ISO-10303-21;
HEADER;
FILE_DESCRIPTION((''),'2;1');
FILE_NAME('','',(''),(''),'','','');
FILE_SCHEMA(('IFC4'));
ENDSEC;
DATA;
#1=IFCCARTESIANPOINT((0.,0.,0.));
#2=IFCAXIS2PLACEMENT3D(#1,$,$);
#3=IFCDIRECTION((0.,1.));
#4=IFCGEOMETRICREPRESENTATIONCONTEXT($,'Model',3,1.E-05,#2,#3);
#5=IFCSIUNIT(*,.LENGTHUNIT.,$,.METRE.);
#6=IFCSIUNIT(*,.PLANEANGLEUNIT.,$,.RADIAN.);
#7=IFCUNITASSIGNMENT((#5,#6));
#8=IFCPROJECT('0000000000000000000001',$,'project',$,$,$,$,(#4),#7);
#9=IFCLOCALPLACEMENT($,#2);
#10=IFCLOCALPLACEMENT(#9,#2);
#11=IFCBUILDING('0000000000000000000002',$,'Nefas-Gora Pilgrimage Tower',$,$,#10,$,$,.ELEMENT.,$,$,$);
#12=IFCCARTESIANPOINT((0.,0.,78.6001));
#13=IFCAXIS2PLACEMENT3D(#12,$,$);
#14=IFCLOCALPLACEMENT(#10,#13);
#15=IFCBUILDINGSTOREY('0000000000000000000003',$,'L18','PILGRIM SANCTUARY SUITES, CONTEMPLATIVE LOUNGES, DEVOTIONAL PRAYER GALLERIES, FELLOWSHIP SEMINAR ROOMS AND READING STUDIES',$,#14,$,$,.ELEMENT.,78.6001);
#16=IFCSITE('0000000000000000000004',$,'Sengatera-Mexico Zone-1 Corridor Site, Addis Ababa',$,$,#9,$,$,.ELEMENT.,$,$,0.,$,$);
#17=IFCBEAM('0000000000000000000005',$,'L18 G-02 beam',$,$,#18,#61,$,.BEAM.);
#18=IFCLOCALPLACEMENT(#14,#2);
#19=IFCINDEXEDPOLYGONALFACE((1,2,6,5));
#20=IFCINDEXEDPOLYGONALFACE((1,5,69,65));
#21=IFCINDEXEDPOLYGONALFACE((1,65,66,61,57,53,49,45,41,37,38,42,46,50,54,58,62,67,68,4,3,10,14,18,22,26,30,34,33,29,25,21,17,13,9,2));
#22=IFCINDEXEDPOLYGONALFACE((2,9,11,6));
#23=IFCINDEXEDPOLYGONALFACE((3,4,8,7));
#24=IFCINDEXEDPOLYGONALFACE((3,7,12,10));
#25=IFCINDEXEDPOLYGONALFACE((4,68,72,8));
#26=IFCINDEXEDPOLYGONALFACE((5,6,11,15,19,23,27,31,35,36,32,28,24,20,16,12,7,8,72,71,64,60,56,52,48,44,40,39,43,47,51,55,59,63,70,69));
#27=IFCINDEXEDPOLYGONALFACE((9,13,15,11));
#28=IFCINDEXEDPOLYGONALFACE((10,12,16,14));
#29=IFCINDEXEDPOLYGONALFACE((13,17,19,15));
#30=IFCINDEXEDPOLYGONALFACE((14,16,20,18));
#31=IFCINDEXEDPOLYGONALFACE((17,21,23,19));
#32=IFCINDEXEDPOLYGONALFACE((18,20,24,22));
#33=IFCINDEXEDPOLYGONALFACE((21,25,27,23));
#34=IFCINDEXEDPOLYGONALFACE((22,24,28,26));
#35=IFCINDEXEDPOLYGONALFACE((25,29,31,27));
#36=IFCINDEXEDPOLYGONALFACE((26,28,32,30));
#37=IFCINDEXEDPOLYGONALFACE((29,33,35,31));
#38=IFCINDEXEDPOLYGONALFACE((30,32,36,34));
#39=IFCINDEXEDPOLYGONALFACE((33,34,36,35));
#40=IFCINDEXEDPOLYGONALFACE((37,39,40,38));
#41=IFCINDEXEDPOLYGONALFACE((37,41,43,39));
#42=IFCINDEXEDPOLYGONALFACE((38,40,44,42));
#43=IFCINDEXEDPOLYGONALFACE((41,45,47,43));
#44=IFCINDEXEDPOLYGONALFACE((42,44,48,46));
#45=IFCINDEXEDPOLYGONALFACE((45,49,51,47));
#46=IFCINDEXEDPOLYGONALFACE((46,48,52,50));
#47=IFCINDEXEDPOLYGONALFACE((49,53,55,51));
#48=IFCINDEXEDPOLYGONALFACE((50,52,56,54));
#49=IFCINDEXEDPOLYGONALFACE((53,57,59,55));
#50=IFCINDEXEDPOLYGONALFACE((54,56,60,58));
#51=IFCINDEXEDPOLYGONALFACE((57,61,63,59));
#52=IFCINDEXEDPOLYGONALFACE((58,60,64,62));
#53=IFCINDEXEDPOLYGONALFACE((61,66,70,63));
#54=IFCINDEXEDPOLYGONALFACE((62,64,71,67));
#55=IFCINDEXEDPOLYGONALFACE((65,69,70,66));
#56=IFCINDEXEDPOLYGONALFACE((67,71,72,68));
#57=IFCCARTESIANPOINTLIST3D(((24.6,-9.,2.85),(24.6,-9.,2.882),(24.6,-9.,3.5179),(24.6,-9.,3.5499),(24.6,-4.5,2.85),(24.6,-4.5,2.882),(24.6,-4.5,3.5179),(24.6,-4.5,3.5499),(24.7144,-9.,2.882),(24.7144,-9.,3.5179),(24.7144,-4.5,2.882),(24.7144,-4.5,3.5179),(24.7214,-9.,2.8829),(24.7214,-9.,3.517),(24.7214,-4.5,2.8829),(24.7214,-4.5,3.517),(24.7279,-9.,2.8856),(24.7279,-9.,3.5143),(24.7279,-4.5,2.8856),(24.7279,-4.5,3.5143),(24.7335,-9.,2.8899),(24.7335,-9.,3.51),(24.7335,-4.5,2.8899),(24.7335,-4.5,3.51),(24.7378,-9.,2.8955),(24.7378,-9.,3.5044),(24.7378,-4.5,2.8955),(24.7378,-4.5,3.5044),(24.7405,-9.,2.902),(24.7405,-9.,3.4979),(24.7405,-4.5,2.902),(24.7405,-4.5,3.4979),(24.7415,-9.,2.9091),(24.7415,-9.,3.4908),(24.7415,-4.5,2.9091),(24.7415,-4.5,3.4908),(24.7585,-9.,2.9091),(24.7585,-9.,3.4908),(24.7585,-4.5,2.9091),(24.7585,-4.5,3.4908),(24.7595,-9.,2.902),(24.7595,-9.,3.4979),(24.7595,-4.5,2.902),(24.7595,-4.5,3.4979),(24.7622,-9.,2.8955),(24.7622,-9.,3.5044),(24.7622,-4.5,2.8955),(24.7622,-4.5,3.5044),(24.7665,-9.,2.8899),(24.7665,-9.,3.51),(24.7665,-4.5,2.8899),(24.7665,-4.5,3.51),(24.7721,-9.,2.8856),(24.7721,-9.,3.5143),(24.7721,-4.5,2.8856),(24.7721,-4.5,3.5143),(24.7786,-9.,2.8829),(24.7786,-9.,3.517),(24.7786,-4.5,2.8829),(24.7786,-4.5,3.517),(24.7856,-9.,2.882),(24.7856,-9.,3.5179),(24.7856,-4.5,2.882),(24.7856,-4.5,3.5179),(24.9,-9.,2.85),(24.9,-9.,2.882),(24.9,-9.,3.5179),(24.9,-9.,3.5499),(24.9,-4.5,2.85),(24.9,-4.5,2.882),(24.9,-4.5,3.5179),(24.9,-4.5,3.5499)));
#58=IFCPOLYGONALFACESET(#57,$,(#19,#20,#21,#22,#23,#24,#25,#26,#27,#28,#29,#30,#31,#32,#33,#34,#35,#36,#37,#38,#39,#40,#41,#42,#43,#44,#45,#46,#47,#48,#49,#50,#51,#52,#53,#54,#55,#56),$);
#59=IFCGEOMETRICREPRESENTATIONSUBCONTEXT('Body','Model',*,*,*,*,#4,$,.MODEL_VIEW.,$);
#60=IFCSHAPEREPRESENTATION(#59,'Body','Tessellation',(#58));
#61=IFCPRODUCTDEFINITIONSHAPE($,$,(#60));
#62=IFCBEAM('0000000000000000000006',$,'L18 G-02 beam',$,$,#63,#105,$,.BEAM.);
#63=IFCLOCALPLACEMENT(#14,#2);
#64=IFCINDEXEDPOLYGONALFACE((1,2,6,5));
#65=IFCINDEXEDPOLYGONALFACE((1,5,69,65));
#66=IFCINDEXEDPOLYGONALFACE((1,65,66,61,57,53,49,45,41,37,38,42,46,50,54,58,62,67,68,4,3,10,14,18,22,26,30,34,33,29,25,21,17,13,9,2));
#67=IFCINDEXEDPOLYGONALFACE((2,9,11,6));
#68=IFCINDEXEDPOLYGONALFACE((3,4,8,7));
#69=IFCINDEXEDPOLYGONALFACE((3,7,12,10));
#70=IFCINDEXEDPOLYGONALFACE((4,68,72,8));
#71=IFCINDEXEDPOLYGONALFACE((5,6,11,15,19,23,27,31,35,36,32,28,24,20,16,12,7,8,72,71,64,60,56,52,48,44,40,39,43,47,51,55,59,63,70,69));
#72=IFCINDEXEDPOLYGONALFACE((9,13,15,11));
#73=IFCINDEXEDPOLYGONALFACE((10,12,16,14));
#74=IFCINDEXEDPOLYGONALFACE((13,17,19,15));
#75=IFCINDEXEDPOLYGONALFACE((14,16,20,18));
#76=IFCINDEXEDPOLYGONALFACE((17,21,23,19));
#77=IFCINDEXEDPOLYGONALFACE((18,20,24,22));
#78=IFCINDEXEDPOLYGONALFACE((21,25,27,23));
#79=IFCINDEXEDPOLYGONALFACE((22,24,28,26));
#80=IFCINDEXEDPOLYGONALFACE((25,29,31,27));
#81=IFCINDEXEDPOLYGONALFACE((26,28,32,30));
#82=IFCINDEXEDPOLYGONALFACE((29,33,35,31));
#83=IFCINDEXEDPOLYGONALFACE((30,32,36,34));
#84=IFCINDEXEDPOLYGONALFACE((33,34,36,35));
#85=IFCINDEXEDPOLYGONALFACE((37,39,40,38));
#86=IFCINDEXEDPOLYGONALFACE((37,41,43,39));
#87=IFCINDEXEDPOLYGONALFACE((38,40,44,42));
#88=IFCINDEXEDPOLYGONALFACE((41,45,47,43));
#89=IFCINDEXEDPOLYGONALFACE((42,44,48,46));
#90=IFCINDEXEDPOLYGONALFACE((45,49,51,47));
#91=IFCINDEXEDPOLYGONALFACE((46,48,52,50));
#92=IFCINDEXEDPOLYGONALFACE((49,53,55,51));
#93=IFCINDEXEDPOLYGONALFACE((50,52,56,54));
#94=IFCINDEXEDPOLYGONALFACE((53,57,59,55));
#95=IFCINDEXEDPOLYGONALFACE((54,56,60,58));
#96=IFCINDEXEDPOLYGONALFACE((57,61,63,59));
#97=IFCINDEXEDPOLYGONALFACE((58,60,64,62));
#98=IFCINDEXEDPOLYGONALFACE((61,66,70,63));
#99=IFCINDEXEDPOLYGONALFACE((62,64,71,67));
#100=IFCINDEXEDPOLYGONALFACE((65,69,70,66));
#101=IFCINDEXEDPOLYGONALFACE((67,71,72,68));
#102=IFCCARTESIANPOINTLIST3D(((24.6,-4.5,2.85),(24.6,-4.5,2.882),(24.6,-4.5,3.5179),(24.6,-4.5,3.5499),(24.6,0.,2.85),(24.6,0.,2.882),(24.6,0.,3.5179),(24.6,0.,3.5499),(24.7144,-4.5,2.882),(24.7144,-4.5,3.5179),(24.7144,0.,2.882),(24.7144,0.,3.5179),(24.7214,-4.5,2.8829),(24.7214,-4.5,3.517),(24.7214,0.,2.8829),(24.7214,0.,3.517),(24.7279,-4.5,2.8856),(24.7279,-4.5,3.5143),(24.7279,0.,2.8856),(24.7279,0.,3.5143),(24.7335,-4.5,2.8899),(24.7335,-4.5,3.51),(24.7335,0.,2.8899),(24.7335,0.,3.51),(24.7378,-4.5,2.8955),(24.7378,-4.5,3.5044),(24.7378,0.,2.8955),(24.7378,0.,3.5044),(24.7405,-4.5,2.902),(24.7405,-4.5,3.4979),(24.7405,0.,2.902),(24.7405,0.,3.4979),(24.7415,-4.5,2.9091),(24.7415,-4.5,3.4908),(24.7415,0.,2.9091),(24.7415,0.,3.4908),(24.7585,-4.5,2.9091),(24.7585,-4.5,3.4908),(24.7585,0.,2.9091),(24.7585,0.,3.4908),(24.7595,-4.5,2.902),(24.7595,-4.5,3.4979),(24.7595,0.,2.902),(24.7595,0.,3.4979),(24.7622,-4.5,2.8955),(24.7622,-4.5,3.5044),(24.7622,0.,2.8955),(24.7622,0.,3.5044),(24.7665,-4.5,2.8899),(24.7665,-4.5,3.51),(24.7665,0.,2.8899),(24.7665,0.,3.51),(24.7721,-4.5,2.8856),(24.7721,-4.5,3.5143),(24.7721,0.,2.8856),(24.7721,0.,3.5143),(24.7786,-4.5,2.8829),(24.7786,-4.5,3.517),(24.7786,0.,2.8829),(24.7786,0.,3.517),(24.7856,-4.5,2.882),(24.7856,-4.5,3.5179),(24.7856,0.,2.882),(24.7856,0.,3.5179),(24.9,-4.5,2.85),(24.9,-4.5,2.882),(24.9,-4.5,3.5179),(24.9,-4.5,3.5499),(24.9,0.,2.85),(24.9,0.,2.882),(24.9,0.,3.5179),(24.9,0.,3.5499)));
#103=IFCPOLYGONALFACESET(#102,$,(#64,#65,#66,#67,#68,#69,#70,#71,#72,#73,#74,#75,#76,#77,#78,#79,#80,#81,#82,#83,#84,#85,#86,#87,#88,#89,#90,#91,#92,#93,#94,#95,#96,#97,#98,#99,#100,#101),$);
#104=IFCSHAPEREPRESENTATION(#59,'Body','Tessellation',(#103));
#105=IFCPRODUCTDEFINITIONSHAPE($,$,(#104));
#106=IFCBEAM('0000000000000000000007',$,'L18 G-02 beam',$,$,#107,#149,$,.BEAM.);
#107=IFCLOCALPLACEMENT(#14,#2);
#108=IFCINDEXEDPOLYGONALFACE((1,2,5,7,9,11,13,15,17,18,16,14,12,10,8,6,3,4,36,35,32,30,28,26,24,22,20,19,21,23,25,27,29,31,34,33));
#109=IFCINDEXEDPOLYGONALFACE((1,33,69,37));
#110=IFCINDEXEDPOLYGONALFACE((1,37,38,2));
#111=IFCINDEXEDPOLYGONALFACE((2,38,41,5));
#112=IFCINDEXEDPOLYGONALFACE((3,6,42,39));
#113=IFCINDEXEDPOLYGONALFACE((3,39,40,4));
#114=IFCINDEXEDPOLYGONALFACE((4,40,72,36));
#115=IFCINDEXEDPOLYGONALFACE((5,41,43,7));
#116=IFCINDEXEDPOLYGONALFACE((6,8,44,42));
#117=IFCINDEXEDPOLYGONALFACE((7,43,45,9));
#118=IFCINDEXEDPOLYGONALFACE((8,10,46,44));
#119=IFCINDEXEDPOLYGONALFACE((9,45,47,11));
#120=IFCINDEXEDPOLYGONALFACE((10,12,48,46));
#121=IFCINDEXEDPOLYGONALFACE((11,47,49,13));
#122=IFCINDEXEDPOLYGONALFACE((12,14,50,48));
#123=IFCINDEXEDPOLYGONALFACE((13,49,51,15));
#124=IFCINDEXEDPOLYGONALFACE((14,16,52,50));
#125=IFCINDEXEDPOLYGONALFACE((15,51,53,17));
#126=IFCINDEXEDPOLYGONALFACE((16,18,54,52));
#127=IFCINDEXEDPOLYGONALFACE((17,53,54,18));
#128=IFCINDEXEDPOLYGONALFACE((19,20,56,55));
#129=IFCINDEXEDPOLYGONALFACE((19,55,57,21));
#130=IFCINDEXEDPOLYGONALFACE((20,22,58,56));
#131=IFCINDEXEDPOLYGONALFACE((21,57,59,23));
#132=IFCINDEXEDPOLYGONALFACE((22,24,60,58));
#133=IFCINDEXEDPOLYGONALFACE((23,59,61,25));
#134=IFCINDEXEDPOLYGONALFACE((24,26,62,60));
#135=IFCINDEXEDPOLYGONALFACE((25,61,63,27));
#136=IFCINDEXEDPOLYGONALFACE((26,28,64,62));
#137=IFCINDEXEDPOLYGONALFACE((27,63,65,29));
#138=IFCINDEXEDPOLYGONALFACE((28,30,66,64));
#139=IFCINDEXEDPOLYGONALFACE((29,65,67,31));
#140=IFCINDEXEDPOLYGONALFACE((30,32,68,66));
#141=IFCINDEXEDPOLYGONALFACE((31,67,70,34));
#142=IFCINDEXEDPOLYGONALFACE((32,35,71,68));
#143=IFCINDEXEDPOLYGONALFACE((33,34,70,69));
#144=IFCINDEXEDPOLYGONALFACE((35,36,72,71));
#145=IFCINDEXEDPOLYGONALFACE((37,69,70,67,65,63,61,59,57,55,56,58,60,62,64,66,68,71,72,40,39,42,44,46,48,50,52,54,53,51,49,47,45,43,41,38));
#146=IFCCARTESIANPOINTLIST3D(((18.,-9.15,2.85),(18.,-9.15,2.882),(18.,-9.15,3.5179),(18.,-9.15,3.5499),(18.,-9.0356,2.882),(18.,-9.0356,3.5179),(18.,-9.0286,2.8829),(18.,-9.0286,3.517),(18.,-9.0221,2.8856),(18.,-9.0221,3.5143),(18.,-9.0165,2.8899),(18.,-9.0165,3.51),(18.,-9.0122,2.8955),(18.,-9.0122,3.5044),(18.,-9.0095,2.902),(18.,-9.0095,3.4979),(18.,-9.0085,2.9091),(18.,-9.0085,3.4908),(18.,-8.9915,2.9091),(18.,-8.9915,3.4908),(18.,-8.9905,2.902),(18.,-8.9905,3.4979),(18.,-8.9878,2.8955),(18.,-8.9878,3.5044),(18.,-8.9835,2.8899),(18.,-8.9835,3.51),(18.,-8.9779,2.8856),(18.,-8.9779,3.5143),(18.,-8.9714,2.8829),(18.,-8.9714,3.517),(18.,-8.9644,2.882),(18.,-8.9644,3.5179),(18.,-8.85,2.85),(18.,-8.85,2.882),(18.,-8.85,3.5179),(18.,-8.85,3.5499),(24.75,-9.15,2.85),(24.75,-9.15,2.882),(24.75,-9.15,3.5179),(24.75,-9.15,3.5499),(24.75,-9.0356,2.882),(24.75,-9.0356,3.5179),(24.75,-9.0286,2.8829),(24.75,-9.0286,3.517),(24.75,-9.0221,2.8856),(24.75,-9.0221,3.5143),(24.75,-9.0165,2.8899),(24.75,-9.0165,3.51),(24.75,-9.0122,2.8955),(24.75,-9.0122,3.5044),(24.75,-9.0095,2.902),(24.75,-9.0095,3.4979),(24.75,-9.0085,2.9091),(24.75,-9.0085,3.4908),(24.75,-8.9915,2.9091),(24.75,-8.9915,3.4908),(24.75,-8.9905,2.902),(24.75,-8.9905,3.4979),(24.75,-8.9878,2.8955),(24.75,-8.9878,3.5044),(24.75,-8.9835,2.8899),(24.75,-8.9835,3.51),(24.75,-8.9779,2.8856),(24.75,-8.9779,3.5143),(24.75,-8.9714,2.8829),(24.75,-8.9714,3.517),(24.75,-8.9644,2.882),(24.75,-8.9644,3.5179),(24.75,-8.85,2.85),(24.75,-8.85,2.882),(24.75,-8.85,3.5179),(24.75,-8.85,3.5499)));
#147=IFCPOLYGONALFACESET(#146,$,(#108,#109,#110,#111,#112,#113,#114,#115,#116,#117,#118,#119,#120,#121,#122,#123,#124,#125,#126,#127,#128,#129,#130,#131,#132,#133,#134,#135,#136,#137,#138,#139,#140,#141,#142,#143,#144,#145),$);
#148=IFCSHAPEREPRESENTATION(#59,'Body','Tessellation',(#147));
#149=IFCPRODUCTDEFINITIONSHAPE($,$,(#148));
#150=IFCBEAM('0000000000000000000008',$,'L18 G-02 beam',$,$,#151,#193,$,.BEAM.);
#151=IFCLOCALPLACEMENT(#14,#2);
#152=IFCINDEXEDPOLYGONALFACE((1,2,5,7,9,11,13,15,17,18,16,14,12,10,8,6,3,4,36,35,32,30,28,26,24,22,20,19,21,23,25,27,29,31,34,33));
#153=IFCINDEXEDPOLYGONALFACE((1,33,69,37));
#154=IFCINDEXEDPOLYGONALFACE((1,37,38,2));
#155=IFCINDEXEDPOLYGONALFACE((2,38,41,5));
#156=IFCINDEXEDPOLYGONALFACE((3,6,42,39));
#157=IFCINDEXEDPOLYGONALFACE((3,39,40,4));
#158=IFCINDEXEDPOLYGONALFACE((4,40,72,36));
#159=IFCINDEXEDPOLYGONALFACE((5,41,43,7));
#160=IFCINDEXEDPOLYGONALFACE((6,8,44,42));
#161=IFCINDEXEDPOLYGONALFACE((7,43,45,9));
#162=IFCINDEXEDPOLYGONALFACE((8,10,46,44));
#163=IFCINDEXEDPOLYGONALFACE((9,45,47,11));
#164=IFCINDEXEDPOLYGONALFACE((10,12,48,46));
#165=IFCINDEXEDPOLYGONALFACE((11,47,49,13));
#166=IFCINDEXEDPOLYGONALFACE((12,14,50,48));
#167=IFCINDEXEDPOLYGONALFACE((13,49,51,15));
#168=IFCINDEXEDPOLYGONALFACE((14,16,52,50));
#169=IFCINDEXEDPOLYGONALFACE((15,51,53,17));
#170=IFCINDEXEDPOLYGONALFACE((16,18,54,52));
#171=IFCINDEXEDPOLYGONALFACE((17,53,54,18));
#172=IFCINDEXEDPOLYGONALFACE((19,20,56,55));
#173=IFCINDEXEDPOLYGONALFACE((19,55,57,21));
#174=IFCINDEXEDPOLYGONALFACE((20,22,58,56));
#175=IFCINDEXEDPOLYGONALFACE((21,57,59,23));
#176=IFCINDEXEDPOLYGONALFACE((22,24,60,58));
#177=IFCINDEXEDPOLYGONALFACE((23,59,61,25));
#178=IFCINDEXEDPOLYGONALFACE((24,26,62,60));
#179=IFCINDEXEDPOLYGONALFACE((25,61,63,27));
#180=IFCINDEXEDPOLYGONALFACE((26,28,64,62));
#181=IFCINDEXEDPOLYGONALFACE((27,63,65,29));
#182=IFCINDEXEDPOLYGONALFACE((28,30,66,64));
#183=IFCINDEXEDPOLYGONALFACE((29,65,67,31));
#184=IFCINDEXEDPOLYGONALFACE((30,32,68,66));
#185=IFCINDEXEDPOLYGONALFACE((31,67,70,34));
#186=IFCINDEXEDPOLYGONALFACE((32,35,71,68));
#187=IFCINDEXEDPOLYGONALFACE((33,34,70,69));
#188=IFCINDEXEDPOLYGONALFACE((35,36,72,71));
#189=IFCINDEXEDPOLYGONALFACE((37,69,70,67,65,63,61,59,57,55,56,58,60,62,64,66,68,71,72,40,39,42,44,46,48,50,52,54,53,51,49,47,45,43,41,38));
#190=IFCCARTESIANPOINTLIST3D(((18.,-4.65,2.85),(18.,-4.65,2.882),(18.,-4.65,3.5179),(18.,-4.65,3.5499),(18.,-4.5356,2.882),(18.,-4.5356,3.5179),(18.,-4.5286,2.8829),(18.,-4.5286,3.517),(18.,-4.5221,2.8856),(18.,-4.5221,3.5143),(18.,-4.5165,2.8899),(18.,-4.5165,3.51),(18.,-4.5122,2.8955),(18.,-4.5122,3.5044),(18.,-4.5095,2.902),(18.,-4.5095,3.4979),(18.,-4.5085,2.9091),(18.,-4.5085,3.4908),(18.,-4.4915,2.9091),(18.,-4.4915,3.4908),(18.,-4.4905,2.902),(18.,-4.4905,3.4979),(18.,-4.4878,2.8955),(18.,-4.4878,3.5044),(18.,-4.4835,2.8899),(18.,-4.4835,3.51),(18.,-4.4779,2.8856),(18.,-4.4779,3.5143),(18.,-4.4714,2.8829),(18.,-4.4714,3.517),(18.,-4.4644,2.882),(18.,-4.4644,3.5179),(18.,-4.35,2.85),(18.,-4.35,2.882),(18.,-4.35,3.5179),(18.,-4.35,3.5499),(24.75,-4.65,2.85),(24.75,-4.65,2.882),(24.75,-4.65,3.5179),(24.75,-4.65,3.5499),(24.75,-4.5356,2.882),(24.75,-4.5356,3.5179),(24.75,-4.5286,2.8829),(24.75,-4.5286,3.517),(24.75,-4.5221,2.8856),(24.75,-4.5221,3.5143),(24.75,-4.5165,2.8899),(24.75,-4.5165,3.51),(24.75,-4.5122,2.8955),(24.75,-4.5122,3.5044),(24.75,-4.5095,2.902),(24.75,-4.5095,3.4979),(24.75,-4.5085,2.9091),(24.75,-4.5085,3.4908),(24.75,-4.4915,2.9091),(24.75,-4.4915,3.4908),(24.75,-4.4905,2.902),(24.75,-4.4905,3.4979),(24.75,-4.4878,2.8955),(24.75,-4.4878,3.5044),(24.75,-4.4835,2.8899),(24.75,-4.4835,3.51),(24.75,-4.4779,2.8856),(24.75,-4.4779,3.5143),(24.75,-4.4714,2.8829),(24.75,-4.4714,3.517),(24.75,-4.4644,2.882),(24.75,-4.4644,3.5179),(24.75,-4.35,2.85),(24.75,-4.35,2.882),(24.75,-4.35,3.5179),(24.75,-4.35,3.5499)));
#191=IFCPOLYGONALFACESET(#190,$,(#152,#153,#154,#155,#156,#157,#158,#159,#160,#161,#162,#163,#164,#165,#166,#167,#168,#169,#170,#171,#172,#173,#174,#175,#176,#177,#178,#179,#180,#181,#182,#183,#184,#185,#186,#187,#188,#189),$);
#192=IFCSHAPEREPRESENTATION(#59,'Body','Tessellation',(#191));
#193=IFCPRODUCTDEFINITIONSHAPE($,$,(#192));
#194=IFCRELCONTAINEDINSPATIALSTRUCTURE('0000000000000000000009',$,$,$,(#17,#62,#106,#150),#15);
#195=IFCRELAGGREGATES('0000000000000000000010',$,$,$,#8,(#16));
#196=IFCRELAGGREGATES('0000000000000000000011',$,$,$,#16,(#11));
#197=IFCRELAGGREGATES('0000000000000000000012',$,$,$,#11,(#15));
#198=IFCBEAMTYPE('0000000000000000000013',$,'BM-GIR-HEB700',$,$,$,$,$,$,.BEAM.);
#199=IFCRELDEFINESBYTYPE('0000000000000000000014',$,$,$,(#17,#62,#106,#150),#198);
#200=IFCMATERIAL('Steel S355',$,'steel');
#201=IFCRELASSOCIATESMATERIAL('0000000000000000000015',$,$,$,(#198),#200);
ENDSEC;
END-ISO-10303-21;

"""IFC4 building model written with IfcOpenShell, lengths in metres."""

from ifc_helpers import new_model, si_unit, direction, frame, origin, origin_2d, place, context, subcontext, project, spatial, i_section, extrude, source, transform, mapped, material, material_profile, profile_set, type_object, element, save


model = new_model("IFC4")

# Units and contexts
model_context = context("Model", 3, precision=1e-05, world=origin(), true_north=direction((0.0, 1.0)))
body_context = subcontext(model_context, "Body", "Model", "MODEL_VIEW")
ifc_project = project(units=[si_unit("LENGTHUNIT", "METRE"), si_unit("PLANEANGLEUNIT", "RADIAN")], contexts=[model_context])

# Site, building, storey
site_placement = place(None, origin())
site = spatial("IfcSite", under=ifc_project, at=site_placement, Name="Sengatera-Mexico Zone-1 Corridor Site, Addis Ababa", CompositionType="ELEMENT", RefElevation=0.0)
building_placement = place(site_placement, origin())
building = spatial("IfcBuilding", under=site, at=building_placement, Name="Nefas-Gora Pilgrimage Tower", CompositionType="ELEMENT")
storey_placement = place(building_placement, frame((0.0, 0.0, 78.6001)))
storey = spatial("IfcBuildingStorey", under=building, at=storey_placement, Name="L18", Description="PILGRIM SANCTUARY SUITES, CONTEMPLATIVE LOUNGES, DEVOTIONAL PRAYER GALLERIES, FELLOWSHIP SEMINAR ROOMS AND READING STUDIES", CompositionType="ELEMENT", Elevation=78.6001)

# Beams
ifc_material_1 = material(Name="Steel S355", Category="steel")
ifc_material_profile_1 = material_profile(ifc_material_1, i_section(OverallWidth=0.3, OverallDepth=0.7, WebThickness=0.0171, FlangeThickness=0.032, FilletRadius=0.0271, at=origin_2d()), Name="HEB 700")
ifc_profile_set_1 = profile_set([ifc_material_profile_1], Name="Steel S355")
beam_type_1 = type_object("IfcBeamType", Name="BM-GIR-HEB700", PredefinedType="BEAM", material=ifc_profile_set_1)
shared_shape_1 = source(origin(), body_context, "Body", "SweptSolid", [
    extrude(i_section(OverallWidth=0.3, OverallDepth=0.7, WebThickness=0.0171, FlangeThickness=0.032, FilletRadius=0.0271, at=origin_2d()), origin(), (0.0, 0.0, 1.0), 4.5),
])
for number, where, z_axis, x_axis, name in (
    (1, (24.75, -9.0, 3.2), (0.0, 1.0, 0.0), (-1.0, 0.0, 0.0), "L18 G-02 beam"),
    (2, (24.75, -4.5, 3.2), (0.0, 1.0, 0.0), (-1.0, 0.0, 0.0), "L18 G-02 beam"),
):
    element("IfcBeam", number, at=place(storey_placement, frame(where, z_axis=z_axis, x_axis=x_axis)), inside=storey, type_object=beam_type_1, Name=name, PredefinedType="BEAM", context=body_context, shape_type="MappedRepresentation", body=[
        mapped(shared_shape_1, transform((0.0, 0.0, 0.0), x_axis=(1.0, 0.0, 0.0), y_axis=(0.0, 1.0, 0.0), z_axis=(0.0, 0.0, 1.0), scale=1.0)),
    ])
shared_shape_2 = source(origin(), body_context, "Body", "SweptSolid", [
    extrude(i_section(OverallWidth=0.3, OverallDepth=0.7, WebThickness=0.0171, FlangeThickness=0.032, FilletRadius=0.0271, at=origin_2d()), origin(), (0.0, 0.0, 1.0), 6.75),
])
for number, where, z_axis, x_axis, name in (
    (3, (18.0, -9.0, 3.2), (1.0, 0.0, 0.0), (0.0, 1.0, 0.0), "L18 G-02 beam"),
    (4, (18.0, -4.5, 3.2), (1.0, 0.0, 0.0), (0.0, 1.0, 0.0), "L18 G-02 beam"),
):
    element("IfcBeam", number, at=place(storey_placement, frame(where, z_axis=z_axis, x_axis=x_axis)), inside=storey, type_object=beam_type_1, Name=name, PredefinedType="BEAM", context=body_context, shape_type="MappedRepresentation", body=[
        mapped(shared_shape_2, transform((0.0, 0.0, 0.0), x_axis=(1.0, 0.0, 0.0), y_axis=(0.0, 1.0, 0.0), z_axis=(0.0, 0.0, 1.0), scale=1.0)),
    ])

save(model, "model.ifc")
